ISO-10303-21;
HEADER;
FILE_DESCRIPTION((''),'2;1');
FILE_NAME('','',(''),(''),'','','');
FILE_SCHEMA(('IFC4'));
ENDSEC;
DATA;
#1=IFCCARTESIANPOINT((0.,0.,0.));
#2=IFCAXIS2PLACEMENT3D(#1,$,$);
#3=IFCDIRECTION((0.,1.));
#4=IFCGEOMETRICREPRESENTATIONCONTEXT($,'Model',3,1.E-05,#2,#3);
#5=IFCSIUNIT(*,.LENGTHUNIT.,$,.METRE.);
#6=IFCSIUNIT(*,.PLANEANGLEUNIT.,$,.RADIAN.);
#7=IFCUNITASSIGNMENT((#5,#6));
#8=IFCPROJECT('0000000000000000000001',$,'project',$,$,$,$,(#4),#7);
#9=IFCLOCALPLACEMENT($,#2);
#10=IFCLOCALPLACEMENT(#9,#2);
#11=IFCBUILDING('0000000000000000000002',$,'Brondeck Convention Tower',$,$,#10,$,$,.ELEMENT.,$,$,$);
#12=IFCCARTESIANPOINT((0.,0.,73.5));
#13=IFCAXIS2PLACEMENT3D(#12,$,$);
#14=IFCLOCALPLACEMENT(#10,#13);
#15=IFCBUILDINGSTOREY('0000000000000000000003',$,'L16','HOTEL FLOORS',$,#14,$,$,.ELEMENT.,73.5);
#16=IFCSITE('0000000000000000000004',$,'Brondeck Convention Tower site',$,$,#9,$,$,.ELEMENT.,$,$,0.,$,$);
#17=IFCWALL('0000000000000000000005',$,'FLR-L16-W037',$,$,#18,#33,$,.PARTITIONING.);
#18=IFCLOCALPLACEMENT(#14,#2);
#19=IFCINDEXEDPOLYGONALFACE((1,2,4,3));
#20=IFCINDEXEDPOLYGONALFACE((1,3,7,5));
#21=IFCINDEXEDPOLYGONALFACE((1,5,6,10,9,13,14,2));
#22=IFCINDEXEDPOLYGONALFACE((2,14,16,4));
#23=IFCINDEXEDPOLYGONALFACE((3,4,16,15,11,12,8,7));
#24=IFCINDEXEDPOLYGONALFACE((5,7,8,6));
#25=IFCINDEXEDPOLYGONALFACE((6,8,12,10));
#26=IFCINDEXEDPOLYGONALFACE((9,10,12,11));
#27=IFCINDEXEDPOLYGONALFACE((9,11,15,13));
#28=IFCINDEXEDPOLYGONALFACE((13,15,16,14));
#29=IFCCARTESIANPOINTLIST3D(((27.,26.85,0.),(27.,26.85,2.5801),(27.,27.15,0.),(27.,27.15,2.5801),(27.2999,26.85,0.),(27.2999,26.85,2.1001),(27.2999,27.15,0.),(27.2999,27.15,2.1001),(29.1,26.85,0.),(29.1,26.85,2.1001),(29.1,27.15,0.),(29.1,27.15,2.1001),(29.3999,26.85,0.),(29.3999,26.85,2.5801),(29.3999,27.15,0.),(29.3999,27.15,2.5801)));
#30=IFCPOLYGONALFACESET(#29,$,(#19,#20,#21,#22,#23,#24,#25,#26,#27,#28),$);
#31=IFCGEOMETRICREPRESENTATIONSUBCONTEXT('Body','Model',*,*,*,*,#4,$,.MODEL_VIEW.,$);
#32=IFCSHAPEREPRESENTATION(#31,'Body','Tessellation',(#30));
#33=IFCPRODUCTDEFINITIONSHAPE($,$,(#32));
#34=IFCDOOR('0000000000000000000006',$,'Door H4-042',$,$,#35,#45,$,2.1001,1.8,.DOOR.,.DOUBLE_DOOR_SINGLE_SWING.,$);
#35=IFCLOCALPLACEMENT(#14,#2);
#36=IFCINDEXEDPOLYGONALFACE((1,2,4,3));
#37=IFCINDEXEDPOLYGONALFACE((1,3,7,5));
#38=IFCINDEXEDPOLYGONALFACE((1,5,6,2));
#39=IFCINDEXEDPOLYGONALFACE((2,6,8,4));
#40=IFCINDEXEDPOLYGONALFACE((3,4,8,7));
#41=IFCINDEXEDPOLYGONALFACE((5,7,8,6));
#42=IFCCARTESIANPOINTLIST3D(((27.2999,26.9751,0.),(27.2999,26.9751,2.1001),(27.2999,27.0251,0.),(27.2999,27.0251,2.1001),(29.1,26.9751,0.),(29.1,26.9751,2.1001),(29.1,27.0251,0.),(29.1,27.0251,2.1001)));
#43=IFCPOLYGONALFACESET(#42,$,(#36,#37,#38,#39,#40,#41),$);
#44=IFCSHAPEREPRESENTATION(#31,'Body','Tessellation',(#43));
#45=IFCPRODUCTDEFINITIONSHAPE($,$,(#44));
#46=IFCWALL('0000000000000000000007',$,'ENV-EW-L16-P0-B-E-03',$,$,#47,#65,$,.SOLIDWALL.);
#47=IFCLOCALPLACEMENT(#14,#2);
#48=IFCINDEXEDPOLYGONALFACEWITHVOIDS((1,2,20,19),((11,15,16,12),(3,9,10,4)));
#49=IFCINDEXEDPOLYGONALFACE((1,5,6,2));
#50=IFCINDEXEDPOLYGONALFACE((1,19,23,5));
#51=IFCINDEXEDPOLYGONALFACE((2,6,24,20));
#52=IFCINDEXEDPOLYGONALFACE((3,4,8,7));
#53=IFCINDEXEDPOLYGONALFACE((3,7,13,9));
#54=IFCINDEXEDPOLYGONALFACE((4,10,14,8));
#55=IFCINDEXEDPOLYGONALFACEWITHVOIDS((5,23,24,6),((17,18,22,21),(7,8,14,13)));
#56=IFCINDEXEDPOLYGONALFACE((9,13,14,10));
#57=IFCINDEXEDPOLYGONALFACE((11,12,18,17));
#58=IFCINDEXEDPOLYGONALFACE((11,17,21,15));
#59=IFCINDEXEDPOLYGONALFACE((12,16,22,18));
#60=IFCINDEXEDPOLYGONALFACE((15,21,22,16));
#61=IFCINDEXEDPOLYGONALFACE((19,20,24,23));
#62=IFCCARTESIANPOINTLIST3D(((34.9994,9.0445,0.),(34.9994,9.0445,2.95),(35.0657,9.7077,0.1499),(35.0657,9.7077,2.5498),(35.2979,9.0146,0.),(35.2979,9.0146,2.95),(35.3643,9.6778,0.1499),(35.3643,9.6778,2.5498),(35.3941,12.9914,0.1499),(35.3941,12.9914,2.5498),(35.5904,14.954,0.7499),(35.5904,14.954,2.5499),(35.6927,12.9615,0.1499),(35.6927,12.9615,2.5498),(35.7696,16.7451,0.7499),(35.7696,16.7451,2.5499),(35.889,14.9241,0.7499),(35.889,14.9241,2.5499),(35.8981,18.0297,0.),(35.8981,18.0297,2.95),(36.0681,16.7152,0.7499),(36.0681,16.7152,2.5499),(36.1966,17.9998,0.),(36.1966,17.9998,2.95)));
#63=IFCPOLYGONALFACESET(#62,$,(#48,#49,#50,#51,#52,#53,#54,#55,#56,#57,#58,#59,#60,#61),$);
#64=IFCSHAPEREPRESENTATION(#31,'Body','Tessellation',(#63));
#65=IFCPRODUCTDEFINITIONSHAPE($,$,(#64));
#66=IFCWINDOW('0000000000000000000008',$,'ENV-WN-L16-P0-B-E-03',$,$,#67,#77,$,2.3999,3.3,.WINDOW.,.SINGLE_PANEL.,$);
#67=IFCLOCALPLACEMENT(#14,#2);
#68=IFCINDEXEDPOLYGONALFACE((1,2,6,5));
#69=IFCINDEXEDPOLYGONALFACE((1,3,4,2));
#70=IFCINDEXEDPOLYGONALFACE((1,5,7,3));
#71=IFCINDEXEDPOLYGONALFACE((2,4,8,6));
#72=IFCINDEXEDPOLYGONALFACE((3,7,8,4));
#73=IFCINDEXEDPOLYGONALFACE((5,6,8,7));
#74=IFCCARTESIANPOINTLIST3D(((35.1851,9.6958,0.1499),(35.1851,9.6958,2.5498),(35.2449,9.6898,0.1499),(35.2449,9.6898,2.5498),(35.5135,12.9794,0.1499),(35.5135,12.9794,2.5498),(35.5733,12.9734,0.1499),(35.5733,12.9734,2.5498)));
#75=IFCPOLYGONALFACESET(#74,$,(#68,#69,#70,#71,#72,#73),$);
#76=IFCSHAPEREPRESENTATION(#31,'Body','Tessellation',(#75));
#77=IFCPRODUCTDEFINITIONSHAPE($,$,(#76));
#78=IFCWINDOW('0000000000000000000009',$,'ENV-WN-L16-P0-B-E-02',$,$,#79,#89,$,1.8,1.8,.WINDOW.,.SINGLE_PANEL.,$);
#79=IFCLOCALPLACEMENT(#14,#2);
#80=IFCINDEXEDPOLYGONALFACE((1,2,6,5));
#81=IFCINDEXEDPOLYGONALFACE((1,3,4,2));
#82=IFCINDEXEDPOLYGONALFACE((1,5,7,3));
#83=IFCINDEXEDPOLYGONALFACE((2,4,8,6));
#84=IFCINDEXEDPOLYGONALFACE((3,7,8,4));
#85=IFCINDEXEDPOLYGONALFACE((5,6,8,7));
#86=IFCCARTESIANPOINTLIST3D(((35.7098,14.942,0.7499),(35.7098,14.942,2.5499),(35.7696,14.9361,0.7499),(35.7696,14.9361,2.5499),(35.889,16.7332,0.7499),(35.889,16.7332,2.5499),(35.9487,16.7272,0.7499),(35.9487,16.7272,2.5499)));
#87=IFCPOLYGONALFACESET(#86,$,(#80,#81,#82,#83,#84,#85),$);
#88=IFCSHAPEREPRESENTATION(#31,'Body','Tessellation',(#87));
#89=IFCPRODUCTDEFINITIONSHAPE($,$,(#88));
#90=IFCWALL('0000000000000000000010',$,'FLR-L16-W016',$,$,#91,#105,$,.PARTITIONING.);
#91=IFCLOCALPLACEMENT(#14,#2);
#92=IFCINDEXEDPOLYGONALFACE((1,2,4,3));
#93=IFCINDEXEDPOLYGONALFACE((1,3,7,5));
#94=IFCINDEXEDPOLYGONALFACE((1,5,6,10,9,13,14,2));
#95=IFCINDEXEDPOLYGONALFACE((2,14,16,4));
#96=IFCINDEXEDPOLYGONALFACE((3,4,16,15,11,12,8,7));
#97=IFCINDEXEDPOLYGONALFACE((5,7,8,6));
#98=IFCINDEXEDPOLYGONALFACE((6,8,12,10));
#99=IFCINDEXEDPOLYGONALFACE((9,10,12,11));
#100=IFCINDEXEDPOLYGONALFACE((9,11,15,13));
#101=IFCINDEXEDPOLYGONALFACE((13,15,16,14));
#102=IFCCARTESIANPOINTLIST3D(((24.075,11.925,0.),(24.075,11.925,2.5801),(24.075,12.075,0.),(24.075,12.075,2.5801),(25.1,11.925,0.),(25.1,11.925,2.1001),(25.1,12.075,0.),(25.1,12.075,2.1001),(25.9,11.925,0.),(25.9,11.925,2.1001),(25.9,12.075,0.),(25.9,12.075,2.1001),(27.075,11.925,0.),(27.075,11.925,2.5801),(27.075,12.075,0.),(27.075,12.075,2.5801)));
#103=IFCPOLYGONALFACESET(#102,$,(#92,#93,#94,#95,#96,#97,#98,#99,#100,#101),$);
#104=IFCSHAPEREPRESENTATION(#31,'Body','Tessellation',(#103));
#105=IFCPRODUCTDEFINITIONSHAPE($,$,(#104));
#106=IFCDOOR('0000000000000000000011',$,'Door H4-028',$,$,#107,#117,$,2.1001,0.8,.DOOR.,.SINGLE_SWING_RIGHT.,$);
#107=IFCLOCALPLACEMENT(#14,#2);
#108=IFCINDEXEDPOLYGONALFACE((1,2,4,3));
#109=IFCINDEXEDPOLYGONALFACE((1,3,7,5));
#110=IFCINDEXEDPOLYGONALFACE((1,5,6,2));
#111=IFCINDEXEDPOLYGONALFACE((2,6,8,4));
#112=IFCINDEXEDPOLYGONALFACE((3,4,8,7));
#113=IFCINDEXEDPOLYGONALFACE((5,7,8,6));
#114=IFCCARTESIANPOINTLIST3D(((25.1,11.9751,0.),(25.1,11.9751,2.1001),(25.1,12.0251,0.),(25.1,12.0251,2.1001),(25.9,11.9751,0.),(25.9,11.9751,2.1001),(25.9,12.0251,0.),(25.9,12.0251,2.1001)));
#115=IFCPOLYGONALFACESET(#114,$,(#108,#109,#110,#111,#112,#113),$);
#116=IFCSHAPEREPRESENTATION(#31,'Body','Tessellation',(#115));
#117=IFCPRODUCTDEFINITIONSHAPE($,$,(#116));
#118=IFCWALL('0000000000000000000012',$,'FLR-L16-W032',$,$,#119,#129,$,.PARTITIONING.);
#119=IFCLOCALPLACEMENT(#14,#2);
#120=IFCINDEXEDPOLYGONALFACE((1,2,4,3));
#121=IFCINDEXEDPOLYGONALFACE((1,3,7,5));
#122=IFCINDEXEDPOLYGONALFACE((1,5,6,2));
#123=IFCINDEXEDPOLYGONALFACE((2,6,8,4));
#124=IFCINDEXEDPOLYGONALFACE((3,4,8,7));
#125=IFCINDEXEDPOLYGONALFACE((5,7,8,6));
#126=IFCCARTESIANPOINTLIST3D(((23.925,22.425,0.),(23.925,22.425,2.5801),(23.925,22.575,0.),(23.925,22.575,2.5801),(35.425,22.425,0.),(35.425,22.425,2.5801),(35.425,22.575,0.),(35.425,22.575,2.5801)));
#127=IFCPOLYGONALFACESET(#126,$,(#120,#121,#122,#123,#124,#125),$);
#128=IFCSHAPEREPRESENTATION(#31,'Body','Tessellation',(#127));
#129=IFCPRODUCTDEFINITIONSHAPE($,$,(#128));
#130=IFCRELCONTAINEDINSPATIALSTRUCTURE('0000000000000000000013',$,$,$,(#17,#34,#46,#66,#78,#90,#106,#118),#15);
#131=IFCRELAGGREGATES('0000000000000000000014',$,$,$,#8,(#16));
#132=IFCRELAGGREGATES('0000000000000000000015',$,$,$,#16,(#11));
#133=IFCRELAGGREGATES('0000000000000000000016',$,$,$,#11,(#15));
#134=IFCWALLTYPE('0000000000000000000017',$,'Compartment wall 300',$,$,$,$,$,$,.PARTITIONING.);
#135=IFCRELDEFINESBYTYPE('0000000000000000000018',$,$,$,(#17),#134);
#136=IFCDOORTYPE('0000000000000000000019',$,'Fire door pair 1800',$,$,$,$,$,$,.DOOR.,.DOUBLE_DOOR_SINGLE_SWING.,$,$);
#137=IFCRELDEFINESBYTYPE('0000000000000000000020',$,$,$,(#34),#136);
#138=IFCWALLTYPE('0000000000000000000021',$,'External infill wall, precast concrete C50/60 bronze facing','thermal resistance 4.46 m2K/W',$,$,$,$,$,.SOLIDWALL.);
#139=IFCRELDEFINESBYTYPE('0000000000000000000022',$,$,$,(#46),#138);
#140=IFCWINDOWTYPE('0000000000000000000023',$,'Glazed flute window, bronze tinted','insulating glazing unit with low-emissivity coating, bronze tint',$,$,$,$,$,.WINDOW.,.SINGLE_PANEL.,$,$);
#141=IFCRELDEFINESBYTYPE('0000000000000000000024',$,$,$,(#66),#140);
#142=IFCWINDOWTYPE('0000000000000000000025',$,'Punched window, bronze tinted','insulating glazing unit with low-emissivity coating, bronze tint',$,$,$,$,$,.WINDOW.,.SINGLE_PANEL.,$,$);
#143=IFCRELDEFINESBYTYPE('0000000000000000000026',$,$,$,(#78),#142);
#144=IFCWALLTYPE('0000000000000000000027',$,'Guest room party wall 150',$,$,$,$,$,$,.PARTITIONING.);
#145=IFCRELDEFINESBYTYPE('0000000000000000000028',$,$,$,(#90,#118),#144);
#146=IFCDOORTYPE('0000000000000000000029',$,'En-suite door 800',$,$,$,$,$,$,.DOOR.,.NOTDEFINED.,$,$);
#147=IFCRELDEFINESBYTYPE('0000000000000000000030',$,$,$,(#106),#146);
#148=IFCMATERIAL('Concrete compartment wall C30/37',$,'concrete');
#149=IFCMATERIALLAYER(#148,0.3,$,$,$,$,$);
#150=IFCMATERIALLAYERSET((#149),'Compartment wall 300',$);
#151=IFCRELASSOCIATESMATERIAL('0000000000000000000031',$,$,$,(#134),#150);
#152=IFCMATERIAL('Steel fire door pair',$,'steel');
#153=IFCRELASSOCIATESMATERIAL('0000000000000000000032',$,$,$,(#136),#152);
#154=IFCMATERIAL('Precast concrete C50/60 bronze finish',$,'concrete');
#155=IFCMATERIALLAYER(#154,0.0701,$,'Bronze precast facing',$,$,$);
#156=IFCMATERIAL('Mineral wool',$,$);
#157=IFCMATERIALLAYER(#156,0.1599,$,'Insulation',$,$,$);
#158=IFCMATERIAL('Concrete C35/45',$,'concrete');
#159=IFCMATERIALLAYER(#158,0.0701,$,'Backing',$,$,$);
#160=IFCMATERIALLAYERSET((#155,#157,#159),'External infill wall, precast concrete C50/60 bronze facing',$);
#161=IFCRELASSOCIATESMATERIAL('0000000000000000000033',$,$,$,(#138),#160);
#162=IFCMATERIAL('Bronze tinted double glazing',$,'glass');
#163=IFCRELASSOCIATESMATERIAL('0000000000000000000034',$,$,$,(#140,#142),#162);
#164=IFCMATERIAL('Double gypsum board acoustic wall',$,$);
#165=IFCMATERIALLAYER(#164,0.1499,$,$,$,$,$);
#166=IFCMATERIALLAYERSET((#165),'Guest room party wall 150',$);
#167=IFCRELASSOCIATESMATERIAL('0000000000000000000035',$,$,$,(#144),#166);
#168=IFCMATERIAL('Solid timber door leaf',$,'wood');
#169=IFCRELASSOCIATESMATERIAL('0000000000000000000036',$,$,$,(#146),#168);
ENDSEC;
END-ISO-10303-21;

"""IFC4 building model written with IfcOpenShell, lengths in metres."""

from ifc_helpers import new_model, si_unit, direction, frame, frame_2d, origin, place, context, subcontext, project, spatial, rectangle, extrude, material, layer, layer_set, type_object, element, fill, save


model = new_model("IFC4")

# Units and contexts
model_context = context("Model", 3, precision=1e-05, world=origin(), true_north=direction((0.0, 1.0)))
body_context = subcontext(model_context, "Body", "Model", "MODEL_VIEW")
ifc_project = project(units=[si_unit("LENGTHUNIT", "METRE"), si_unit("PLANEANGLEUNIT", "RADIAN")], contexts=[model_context])

# Site, building, storey
site_placement = place(None, origin())
site = spatial("IfcSite", under=ifc_project, at=site_placement, Name="Brondeck Convention Tower site", CompositionType="ELEMENT", RefElevation=0.0)
building_placement = place(site_placement, origin())
building = spatial("IfcBuilding", under=site, at=building_placement, Name="Brondeck Convention Tower", CompositionType="ELEMENT")
storey_placement = place(building_placement, frame((0.0, 0.0, 73.5)))
storey = spatial("IfcBuildingStorey", under=building, at=storey_placement, Name="L16", Description="HOTEL FLOORS", CompositionType="ELEMENT", Elevation=73.5)

# Wall, opening, door
ifc_material_1 = material(Name="Concrete compartment wall C30/37", Category="concrete")
ifc_layer_1 = layer(ifc_material_1, 0.3)
ifc_layer_set_1 = layer_set([ifc_layer_1], Name="Compartment wall 300")
wall_type_1 = type_object("IfcWallType", Name="Compartment wall 300", PredefinedType="PARTITIONING", material=ifc_layer_set_1)
wall_1_placement = place(storey_placement, frame((29.3999, 27.0, 0.0), z_axis=(0.0, 0.0, 1.0), x_axis=(-1.0, 0.0, 0.0)))
wall_1 = element("IfcWall", 1, at=wall_1_placement, inside=storey, type_object=wall_type_1, Name="FLR-L16-W037", PredefinedType="PARTITIONING", context=body_context, shape_type="SweptSolid", body=[
    extrude(rectangle(XDim=2.3999, YDim=0.3, at=frame_2d((1.2, 0.0))), origin(), (0.0, 0.0, 1.0), 2.5801),
])
opening_1_placement = place(wall_1_placement, frame((0.3, 0.0, 0.0)))
opening_1 = element("IfcOpeningElement", 2, at=opening_1_placement, cuts=wall_1, PredefinedType="OPENING", context=body_context, shape_type="SweptSolid", body=[
    extrude(rectangle(XDim=1.8, YDim=2.1001, at=frame_2d((0.8999, 1.05))), frame((0.0, 0.1599, 0.0), z_axis=(0.0, -1.0, 0.0), x_axis=(1.0, 0.0, 0.0)), (0.0, 0.0, 1.0), 0.3201),
])
ifc_material_2 = material(Name="Steel fire door pair", Category="steel")
door_type_1 = type_object("IfcDoorType", Name="Fire door pair 1800", OperationType="DOUBLE_DOOR_SINGLE_SWING", PredefinedType="DOOR", material=ifc_material_2)
door_1_placement = place(opening_1_placement, origin())
door_1 = element("IfcDoor", 3, at=door_1_placement, inside=storey, type_object=door_type_1, Name="Door H4-042", OperationType="DOUBLE_DOOR_SINGLE_SWING", OverallHeight=2.1001, OverallWidth=1.8, PredefinedType="DOOR", context=body_context, shape_type="SweptSolid", body=[
    extrude(rectangle(XDim=1.8, YDim=2.1001, at=frame_2d((0.8999, 1.05))), frame((0.0, 0.0249, 0.0), z_axis=(0.0, -1.0, 0.0), x_axis=(1.0, 0.0, 0.0)), (0.0, 0.0, 1.0), 0.05),
])
fill(opening_1, door_1)

# Wall, openings, windows
ifc_material_3 = material(Name="Precast concrete C50/60 bronze finish", Category="concrete")
ifc_layer_2 = layer(ifc_material_3, 0.0701, Name="Bronze precast facing")
ifc_material_4 = material(Name="Mineral wool")
ifc_layer_3 = layer(ifc_material_4, 0.1599, Name="Insulation")
ifc_material_5 = material(Name="Concrete C35/45", Category="concrete")
ifc_layer_4 = layer(ifc_material_5, 0.0701, Name="Backing")
ifc_layer_set_2 = layer_set([ifc_layer_2, ifc_layer_3, ifc_layer_4], Name="External infill wall, precast concrete C50/60 bronze facing")
wall_type_2 = type_object("IfcWallType", Name="External infill wall, precast concrete C50/60 bronze facing", Description="thermal resistance 4.46 m2K/W", PredefinedType="SOLIDWALL", material=ifc_layer_set_2)
wall_2_placement = place(storey_placement, frame((36.0474, 18.0149, 0.0), z_axis=(0.0, 0.0, 1.0), x_axis=(-0.099522, -0.995035, 0.0)))
wall_2 = element("IfcWall", 4, at=wall_2_placement, inside=storey, type_object=wall_type_2, Name="ENV-EW-L16-P0-B-E-03", PredefinedType="SOLIDWALL", context=body_context, shape_type="SweptSolid", body=[
    extrude(rectangle(XDim=9.03, YDim=0.3, at=frame_2d((4.5151, 0.0))), origin(), (0.0, 0.0, 1.0), 2.95),
])
opening_2_placement = place(wall_2_placement, frame((1.2913, 0.0, 0.75)))
opening_2 = element("IfcOpeningElement", 5, at=opening_2_placement, cuts=wall_2, PredefinedType="OPENING", context=body_context, shape_type="SweptSolid", body=[
    extrude(rectangle(XDim=1.8, YDim=1.8, at=frame_2d((0.8999, 0.8999))), frame((0.0, 0.1599, 0.0), z_axis=(0.0, -1.0, 0.0), x_axis=(1.0, 0.0, 0.0)), (0.0, 0.0, 1.0), 0.3201),
])
opening_3_placement = place(wall_2_placement, frame((5.0637, 0.0, 0.1499)))
opening_3 = element("IfcOpeningElement", 6, at=opening_3_placement, cuts=wall_2, PredefinedType="OPENING", context=body_context, shape_type="SweptSolid", body=[
    extrude(rectangle(XDim=3.3, YDim=2.3999, at=frame_2d((1.6499, 1.2))), frame((0.0, 0.1599, 0.0), z_axis=(0.0, -1.0, 0.0), x_axis=(1.0, 0.0, 0.0)), (0.0, 0.0, 1.0), 0.3201),
])
ifc_material_6 = material(Name="Bronze tinted double glazing", Category="glass")
window_type_1 = type_object("IfcWindowType", Name="Glazed flute window, bronze tinted", Description="insulating glazing unit with low-emissivity coating, bronze tint", PartitioningType="SINGLE_PANEL", PredefinedType="WINDOW", material=ifc_material_6)
window_1_placement = place(opening_3_placement, origin())
window_1 = element("IfcWindow", 7, at=window_1_placement, inside=storey, type_object=window_type_1, Name="ENV-WN-L16-P0-B-E-03", OverallHeight=2.3999, OverallWidth=3.3, PartitioningType="SINGLE_PANEL", PredefinedType="WINDOW", context=body_context, shape_type="SweptSolid", body=[
    extrude(rectangle(XDim=3.3, YDim=2.3999, at=frame_2d((1.6499, 1.2))), frame((0.0, 0.03, 0.0), z_axis=(0.0, -1.0, 0.0), x_axis=(1.0, 0.0, 0.0)), (0.0, 0.0, 1.0), 0.0601),
])
fill(opening_3, window_1)
window_type_2 = type_object("IfcWindowType", Name="Punched window, bronze tinted", Description="insulating glazing unit with low-emissivity coating, bronze tint", PartitioningType="SINGLE_PANEL", PredefinedType="WINDOW", material=ifc_material_6)
window_2_placement = place(opening_2_placement, origin())
window_2 = element("IfcWindow", 8, at=window_2_placement, inside=storey, type_object=window_type_2, Name="ENV-WN-L16-P0-B-E-02", OverallHeight=1.8, OverallWidth=1.8, PartitioningType="SINGLE_PANEL", PredefinedType="WINDOW", context=body_context, shape_type="SweptSolid", body=[
    extrude(rectangle(XDim=1.8, YDim=1.8, at=frame_2d((0.8999, 0.8999))), frame((0.0, 0.03, 0.0), z_axis=(0.0, -1.0, 0.0), x_axis=(1.0, 0.0, 0.0)), (0.0, 0.0, 1.0), 0.0601),
])
fill(opening_2, window_2)

# Wall, opening, door
ifc_material_7 = material(Name="Double gypsum board acoustic wall")
ifc_layer_5 = layer(ifc_material_7, 0.1499)
ifc_layer_set_3 = layer_set([ifc_layer_5], Name="Guest room party wall 150")
wall_type_3 = type_object("IfcWallType", Name="Guest room party wall 150", PredefinedType="PARTITIONING", material=ifc_layer_set_3)
wall_3_placement = place(storey_placement, frame((27.075, 12.0, 0.0), z_axis=(0.0, 0.0, 1.0), x_axis=(-1.0, 0.0, 0.0)))
wall_3 = element("IfcWall", 9, at=wall_3_placement, inside=storey, type_object=wall_type_3, Name="FLR-L16-W016", PredefinedType="PARTITIONING", context=body_context, shape_type="SweptSolid", body=[
    extrude(rectangle(XDim=3.0, YDim=0.1499, at=frame_2d((1.5, 0.0))), origin(), (0.0, 0.0, 1.0), 2.5801),
])
opening_4_placement = place(wall_3_placement, frame((1.175, 0.0, 0.0)))
opening_4 = element("IfcOpeningElement", 10, at=opening_4_placement, cuts=wall_3, PredefinedType="OPENING", context=body_context, shape_type="SweptSolid", body=[
    extrude(rectangle(XDim=0.8, YDim=2.1001, at=frame_2d((0.3999, 1.05))), frame((0.0, 0.085, 0.0), z_axis=(0.0, -1.0, 0.0), x_axis=(1.0, 0.0, 0.0)), (0.0, 0.0, 1.0), 0.1699),
])
ifc_material_8 = material(Name="Solid timber door leaf", Category="wood")
door_type_2 = type_object("IfcDoorType", Name="En-suite door 800", OperationType="NOTDEFINED", PredefinedType="DOOR", material=ifc_material_8)
door_2_placement = place(opening_4_placement, origin())
door_2 = element("IfcDoor", 11, at=door_2_placement, inside=storey, type_object=door_type_2, Name="Door H4-028", OperationType="SINGLE_SWING_RIGHT", OverallHeight=2.1001, OverallWidth=0.8, PredefinedType="DOOR", context=body_context, shape_type="SweptSolid", body=[
    extrude(rectangle(XDim=0.8, YDim=2.1001, at=frame_2d((0.3999, 1.05))), frame((0.0, 0.0249, 0.0), z_axis=(0.0, -1.0, 0.0), x_axis=(1.0, 0.0, 0.0)), (0.0, 0.0, 1.0), 0.05),
])
fill(opening_4, door_2)

# Wall
wall_4_placement = place(storey_placement, frame((35.425, 22.5, 0.0), z_axis=(0.0, 0.0, 1.0), x_axis=(-1.0, 0.0, 0.0)))
element("IfcWall", 12, at=wall_4_placement, inside=storey, type_object=wall_type_3, Name="FLR-L16-W032", PredefinedType="PARTITIONING", context=body_context, shape_type="SweptSolid", body=[
    extrude(rectangle(XDim=11.5, YDim=0.1499, at=frame_2d((5.75, 0.0))), origin(), (0.0, 0.0, 1.0), 2.5801),
])

save(model, "model.ifc")
